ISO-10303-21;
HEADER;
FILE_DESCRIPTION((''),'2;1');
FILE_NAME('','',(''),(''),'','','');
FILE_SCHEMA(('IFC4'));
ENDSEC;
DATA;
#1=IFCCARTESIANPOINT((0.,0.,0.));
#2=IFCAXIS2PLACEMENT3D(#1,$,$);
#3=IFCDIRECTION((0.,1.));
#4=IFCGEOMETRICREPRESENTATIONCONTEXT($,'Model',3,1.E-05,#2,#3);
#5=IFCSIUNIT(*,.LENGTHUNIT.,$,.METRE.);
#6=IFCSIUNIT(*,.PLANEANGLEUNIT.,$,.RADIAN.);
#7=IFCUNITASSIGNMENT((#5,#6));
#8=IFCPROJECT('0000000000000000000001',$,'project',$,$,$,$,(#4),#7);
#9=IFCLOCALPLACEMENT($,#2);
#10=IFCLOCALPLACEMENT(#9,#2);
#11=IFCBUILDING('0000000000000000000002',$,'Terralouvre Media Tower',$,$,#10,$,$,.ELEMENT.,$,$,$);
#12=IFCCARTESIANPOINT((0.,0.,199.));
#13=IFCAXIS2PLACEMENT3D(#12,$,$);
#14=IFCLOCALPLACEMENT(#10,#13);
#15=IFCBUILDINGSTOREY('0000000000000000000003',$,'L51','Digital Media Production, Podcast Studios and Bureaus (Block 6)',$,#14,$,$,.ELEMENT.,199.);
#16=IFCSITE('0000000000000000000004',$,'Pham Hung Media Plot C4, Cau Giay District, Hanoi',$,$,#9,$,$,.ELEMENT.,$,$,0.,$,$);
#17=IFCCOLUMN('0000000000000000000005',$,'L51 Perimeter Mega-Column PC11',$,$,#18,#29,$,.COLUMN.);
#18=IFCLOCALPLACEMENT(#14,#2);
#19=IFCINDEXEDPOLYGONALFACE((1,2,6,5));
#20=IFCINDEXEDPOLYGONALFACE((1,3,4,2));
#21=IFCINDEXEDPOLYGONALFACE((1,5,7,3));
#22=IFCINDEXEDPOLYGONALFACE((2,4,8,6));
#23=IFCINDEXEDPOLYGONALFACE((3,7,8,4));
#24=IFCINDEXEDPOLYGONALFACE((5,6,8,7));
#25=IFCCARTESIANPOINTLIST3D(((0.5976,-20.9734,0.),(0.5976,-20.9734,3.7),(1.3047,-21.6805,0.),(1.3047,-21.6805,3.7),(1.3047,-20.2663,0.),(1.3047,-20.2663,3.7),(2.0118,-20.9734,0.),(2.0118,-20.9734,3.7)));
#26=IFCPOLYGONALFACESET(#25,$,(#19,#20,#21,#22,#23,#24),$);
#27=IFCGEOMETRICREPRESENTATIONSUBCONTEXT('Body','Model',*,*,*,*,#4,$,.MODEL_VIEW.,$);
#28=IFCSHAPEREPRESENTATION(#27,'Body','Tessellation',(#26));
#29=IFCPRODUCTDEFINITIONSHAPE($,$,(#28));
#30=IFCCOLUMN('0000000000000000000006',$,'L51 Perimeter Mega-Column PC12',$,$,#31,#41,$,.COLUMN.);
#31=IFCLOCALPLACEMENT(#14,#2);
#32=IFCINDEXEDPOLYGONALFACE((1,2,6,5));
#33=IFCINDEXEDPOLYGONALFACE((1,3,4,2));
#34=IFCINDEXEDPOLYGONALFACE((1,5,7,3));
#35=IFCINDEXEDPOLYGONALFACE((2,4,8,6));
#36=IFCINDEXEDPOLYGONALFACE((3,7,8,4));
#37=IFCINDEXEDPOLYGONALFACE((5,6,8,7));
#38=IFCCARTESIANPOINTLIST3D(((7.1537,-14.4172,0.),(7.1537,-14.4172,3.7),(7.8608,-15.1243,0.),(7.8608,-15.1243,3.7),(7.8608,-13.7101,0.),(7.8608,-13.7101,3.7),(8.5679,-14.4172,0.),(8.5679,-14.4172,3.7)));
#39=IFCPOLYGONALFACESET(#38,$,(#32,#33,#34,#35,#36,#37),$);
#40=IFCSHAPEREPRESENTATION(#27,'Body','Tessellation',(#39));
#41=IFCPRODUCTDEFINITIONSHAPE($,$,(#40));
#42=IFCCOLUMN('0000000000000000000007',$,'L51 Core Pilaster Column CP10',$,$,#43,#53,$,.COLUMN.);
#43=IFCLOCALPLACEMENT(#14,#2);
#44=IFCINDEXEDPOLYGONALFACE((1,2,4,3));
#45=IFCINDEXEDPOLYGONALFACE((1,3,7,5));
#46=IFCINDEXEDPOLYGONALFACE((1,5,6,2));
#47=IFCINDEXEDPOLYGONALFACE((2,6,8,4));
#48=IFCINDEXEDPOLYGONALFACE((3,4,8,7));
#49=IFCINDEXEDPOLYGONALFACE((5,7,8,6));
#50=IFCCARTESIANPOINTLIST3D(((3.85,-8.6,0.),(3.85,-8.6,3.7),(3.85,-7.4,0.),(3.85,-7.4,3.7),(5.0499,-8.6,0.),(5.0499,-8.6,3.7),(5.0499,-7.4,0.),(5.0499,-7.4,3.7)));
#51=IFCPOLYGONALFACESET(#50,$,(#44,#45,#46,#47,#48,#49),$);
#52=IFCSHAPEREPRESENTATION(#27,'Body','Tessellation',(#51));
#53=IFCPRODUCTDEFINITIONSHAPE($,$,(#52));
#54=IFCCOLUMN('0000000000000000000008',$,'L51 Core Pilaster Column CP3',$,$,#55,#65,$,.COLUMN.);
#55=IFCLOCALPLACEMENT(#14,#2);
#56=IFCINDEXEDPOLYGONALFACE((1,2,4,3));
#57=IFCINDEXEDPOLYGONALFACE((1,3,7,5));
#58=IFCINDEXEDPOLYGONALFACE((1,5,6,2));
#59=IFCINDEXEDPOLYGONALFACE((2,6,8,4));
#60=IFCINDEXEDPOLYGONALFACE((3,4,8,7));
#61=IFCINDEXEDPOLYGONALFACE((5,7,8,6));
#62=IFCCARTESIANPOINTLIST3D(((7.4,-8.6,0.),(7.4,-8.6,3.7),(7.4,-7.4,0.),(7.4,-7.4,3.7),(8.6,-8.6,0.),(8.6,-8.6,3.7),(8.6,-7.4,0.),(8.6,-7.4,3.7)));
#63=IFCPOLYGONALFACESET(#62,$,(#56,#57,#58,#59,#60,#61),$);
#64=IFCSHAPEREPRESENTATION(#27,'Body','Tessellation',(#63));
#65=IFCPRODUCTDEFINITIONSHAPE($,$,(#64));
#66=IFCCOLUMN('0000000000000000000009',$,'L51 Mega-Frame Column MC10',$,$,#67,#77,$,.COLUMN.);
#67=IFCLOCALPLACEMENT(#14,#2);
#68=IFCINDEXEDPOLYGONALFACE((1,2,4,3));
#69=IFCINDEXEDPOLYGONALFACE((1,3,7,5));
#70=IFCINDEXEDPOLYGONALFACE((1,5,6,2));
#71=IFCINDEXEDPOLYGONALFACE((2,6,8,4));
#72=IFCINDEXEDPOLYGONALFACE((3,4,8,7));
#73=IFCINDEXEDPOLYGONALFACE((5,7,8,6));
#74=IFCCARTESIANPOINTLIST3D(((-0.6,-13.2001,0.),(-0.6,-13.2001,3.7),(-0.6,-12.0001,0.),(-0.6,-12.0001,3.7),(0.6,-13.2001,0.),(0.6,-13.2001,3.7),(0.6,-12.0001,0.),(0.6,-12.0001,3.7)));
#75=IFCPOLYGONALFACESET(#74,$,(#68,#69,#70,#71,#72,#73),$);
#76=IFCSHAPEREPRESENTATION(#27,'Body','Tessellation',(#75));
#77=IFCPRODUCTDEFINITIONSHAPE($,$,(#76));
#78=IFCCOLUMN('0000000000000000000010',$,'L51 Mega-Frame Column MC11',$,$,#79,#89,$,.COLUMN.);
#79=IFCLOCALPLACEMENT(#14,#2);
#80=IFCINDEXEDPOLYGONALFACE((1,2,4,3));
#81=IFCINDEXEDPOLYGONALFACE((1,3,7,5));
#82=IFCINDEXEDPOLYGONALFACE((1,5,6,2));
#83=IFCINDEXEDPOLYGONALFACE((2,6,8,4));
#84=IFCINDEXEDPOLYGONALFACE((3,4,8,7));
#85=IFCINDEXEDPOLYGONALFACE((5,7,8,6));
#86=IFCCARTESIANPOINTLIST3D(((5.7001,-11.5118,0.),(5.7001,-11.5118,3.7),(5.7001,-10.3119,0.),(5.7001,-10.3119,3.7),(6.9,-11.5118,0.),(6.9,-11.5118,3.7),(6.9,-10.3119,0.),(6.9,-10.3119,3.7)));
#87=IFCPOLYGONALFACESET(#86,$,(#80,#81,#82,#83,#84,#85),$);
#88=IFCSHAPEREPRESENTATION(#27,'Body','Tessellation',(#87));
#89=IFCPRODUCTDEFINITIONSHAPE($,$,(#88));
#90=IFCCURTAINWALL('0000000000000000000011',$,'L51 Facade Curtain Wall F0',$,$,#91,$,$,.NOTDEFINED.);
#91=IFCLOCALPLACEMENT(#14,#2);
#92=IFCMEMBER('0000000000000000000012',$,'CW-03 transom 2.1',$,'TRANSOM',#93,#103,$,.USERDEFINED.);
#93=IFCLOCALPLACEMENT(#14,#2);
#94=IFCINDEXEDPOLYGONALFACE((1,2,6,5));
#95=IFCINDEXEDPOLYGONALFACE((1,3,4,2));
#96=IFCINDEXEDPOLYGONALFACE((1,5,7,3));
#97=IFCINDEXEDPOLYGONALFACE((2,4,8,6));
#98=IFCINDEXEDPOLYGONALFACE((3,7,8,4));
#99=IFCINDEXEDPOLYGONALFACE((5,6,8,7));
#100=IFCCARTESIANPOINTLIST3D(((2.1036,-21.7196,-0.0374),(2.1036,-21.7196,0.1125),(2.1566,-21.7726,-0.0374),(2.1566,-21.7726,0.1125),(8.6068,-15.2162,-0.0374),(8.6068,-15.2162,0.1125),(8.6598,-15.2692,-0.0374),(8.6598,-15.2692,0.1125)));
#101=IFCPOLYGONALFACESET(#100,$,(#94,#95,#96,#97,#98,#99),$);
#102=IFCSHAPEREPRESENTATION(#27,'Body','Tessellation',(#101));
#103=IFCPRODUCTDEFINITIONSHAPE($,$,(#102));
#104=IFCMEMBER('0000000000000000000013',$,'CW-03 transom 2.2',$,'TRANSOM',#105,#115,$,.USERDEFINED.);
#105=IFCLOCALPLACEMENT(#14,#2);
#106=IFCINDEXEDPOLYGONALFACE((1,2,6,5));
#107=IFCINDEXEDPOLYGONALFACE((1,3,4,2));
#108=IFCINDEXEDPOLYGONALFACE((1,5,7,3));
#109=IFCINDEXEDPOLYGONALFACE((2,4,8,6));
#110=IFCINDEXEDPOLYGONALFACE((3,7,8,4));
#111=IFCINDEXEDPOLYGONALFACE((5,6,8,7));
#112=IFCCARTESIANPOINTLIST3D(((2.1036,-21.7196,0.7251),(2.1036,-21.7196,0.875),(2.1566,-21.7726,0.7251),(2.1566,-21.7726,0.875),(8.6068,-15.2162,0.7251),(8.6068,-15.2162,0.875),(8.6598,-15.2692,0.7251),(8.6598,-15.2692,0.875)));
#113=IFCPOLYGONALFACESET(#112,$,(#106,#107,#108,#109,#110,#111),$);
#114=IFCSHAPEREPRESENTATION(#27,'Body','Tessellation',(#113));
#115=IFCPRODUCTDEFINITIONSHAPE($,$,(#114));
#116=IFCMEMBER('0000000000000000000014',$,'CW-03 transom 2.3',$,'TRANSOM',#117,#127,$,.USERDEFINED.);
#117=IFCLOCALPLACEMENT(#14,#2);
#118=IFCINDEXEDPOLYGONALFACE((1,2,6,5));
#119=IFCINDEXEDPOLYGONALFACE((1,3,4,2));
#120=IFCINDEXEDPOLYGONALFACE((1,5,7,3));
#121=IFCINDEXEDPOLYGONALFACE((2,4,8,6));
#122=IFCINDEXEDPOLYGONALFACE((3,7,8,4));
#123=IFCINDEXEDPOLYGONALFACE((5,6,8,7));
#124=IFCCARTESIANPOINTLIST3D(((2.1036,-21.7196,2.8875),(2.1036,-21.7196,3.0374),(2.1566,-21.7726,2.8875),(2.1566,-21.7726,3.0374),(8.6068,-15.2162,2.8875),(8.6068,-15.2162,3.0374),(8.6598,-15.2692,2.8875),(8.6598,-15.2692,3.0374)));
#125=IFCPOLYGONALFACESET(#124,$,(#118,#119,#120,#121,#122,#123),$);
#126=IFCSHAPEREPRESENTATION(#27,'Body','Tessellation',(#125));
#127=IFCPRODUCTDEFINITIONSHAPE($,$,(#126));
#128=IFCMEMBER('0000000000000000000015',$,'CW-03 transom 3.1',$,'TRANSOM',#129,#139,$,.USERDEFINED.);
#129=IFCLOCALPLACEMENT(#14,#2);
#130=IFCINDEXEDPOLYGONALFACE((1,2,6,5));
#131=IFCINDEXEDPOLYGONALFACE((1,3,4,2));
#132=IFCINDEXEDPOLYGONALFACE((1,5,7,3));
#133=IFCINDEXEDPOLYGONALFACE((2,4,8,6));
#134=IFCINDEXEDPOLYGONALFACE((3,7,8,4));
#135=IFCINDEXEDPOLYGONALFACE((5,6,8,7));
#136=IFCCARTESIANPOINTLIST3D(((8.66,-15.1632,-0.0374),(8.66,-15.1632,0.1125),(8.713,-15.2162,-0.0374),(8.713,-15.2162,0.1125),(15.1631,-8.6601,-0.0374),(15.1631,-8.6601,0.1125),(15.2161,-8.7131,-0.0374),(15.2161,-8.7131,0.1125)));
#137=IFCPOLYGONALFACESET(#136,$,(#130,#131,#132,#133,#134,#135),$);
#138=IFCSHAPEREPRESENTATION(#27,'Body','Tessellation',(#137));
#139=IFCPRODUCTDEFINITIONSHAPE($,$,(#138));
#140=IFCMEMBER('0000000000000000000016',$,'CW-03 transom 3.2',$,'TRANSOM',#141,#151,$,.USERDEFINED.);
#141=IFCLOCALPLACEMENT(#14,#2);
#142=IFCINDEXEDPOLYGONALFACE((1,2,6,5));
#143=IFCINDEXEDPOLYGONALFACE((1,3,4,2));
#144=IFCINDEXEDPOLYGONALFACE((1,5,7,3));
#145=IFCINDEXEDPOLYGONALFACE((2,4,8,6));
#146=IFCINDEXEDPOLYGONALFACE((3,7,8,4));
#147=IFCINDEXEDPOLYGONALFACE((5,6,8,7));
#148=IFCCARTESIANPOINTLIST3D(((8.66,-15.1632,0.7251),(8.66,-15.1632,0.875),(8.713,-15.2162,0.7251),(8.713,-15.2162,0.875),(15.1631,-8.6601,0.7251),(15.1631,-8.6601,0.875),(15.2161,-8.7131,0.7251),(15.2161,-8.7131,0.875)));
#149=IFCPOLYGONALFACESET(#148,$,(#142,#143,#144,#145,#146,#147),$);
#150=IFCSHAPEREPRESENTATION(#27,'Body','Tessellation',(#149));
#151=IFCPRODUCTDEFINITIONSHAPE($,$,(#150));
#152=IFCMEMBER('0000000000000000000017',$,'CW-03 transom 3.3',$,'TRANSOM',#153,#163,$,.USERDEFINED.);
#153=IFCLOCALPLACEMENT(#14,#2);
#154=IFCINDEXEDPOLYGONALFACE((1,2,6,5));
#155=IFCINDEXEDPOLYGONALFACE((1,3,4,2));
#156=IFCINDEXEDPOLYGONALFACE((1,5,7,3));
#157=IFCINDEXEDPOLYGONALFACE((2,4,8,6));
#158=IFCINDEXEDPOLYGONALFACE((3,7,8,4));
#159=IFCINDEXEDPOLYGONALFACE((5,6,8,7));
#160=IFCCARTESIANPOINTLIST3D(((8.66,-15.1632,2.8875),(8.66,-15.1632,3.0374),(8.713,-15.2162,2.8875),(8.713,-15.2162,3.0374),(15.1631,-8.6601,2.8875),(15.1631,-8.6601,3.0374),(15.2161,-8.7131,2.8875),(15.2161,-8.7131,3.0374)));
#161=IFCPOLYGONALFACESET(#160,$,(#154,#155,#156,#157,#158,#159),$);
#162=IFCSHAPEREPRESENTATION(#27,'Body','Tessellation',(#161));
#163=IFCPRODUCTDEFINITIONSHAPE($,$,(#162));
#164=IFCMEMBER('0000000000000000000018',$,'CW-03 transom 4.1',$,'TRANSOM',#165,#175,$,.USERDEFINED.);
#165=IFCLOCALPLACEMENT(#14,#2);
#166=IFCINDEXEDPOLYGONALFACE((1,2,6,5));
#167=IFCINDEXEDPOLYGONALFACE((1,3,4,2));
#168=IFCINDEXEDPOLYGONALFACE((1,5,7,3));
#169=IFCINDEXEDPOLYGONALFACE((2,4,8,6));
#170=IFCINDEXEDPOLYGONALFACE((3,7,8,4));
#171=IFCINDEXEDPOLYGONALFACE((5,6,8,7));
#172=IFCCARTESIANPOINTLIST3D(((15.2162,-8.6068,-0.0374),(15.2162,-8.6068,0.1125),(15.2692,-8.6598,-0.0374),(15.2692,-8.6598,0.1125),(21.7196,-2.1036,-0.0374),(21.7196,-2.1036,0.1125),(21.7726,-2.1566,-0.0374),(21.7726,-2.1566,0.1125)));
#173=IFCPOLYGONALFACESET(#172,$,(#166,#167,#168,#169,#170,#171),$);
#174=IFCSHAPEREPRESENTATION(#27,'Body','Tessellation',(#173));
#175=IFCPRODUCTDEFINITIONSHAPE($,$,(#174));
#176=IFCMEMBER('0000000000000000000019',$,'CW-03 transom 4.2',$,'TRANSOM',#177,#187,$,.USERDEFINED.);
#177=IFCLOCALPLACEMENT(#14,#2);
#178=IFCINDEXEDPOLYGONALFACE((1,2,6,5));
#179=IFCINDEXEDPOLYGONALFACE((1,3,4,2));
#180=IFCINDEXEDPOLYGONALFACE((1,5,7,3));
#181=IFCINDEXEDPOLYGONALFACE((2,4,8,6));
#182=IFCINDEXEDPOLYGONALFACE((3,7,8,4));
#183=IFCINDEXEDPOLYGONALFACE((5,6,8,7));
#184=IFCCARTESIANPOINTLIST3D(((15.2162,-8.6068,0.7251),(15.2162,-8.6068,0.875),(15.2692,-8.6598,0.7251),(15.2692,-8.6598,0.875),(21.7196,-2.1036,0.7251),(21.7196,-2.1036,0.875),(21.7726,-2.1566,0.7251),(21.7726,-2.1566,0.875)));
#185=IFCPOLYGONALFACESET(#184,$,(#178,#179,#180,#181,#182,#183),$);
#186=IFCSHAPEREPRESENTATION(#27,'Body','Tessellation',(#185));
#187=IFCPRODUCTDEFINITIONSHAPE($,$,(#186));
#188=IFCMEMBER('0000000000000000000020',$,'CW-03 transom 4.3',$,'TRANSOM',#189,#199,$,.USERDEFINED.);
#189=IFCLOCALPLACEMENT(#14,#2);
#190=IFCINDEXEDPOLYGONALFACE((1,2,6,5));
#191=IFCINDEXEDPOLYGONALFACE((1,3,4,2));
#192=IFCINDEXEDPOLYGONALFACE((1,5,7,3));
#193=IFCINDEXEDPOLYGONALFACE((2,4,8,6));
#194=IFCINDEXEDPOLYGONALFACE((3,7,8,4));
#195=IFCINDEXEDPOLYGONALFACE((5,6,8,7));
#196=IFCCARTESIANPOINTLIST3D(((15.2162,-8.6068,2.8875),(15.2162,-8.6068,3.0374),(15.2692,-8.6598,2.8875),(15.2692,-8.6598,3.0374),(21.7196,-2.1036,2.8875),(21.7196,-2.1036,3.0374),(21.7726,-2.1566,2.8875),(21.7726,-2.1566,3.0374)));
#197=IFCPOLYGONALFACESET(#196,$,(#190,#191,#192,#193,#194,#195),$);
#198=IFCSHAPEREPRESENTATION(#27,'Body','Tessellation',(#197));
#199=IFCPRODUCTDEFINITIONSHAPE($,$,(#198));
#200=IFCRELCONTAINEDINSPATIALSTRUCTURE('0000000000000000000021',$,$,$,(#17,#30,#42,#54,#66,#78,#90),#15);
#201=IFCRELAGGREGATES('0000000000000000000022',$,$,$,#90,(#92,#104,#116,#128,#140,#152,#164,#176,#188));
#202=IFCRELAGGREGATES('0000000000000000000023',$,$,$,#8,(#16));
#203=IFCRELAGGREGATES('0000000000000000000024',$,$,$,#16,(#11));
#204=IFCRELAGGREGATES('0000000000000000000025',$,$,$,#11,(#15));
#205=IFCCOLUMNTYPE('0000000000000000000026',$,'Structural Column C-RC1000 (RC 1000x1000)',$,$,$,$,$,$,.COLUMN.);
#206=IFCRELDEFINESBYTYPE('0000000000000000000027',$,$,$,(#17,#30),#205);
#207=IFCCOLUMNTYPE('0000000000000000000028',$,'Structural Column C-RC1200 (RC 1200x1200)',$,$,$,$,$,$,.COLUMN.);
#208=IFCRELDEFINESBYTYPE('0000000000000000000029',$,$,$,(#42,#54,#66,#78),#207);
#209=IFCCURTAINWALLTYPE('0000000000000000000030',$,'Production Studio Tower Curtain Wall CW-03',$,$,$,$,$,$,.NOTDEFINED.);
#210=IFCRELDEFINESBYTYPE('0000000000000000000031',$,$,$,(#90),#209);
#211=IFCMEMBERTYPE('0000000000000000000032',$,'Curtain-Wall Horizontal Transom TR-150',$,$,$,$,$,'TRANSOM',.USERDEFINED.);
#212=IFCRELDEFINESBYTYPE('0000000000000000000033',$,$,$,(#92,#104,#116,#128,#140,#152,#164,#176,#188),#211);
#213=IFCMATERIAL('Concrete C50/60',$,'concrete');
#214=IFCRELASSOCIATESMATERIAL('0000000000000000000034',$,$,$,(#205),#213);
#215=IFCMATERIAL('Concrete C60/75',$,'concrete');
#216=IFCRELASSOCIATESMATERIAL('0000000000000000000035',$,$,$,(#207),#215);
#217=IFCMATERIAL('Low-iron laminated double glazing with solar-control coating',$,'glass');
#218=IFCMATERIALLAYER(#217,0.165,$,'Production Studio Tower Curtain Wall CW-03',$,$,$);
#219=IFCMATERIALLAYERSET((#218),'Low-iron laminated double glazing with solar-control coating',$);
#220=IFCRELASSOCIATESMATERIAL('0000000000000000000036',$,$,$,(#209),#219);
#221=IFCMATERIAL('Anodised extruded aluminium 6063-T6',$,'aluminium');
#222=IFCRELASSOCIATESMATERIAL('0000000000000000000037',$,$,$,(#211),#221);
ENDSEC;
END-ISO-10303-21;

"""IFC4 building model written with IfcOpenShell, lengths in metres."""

from ifc_helpers import new_model, si_unit, direction, frame, origin, origin_2d, place, context, subcontext, project, spatial, rectangle, extrude, material, layer, layer_set, material_profile, profile_set, type_object, element, aggregate, save


model = new_model("IFC4")

# Units and contexts
model_context = context("Model", 3, precision=1e-05, world=origin(), true_north=direction((0.0, 1.0)))
body_context = subcontext(model_context, "Body", "Model", "MODEL_VIEW")
ifc_project = project(units=[si_unit("LENGTHUNIT", "METRE"), si_unit("PLANEANGLEUNIT", "RADIAN")], contexts=[model_context])

# Site, building, storey
site_placement = place(None, origin())
site = spatial("IfcSite", under=ifc_project, at=site_placement, Name="Pham Hung Media Plot C4, Cau Giay District, Hanoi", CompositionType="ELEMENT", RefElevation=0.0)
building_placement = place(site_placement, origin())
building = spatial("IfcBuilding", under=site, at=building_placement, Name="Terralouvre Media Tower", CompositionType="ELEMENT")
storey_placement = place(building_placement, frame((0.0, 0.0, 199.0)))
storey = spatial("IfcBuildingStorey", under=building, at=storey_placement, Name="L51", Description="Digital Media Production, Podcast Studios and Bureaus (Block 6)", CompositionType="ELEMENT", Elevation=199.0)

# Columns
ifc_material_1 = material(Name="Concrete C50/60", Category="concrete")
ifc_material_profile_1 = material_profile(ifc_material_1, rectangle(XDim=1.0, YDim=1.0, at=origin_2d()), Name="RC 1000x1000")
ifc_profile_set_1 = profile_set([ifc_material_profile_1], Name="Concrete C50/60")
column_type_1 = type_object("IfcColumnType", Name="Structural Column C-RC1000 (RC 1000x1000)", PredefinedType="COLUMN", material=ifc_profile_set_1)
for number, where, z_axis, x_axis, name in (
    (1, (1.3047, -20.9734, 0.0), (0.0, 0.0, 1.0), (0.707107, 0.707107, 0.0), "L51 Perimeter Mega-Column PC11"),
    (2, (7.8608, -14.4172, 0.0), (0.0, 0.0, 1.0), (0.707107, 0.707107, 0.0), "L51 Perimeter Mega-Column PC12"),
):
    element("IfcColumn", number, at=place(storey_placement, frame(where, z_axis=z_axis, x_axis=x_axis)), inside=storey, type_object=column_type_1, Name=name, PredefinedType="COLUMN", context=body_context, shape_type="SweptSolid", body=[
        extrude(rectangle(XDim=1.0, YDim=1.0, at=origin_2d()), origin(), (0.0, 0.0, 1.0), 3.7),
    ])
ifc_material_2 = material(Name="Concrete C60/75", Category="concrete")
ifc_material_profile_2 = material_profile(ifc_material_2, rectangle(XDim=1.2, YDim=1.2, at=origin_2d()), Name="RC 1200x1200")
ifc_profile_set_2 = profile_set([ifc_material_profile_2], Name="Concrete C60/75")
column_type_2 = type_object("IfcColumnType", Name="Structural Column C-RC1200 (RC 1200x1200)", PredefinedType="COLUMN", material=ifc_profile_set_2)
for number, where, z_axis, x_axis, name in (
    (3, (4.45, -8.0, 0.0), (0.0, 0.0, 1.0), (1.0, 0.0, 0.0), "L51 Core Pilaster Column CP10"),
    (4, (8.0, -8.0, 0.0), (0.0, 0.0, 1.0), (1.0, 0.0, 0.0), "L51 Core Pilaster Column CP3"),
    (5, (0.0, -12.6001, 0.0), (0.0, 0.0, 1.0), (1.0, 0.0, 0.0), "L51 Mega-Frame Column MC10"),
    (6, (6.3, -10.9119, 0.0), (0.0, 0.0, 1.0), (1.0, 0.0, 0.0), "L51 Mega-Frame Column MC11"),
):
    element("IfcColumn", number, at=place(storey_placement, frame(where, z_axis=z_axis, x_axis=x_axis)), inside=storey, type_object=column_type_2, Name=name, PredefinedType="COLUMN", context=body_context, shape_type="SweptSolid", body=[
        extrude(rectangle(XDim=1.2, YDim=1.2, at=origin_2d()), origin(), (0.0, 0.0, 1.0), 3.7),
    ])

# Curtain wall, members
ifc_material_3 = material(Name="Low-iron laminated double glazing with solar-control coating", Category="glass")
ifc_layer_1 = layer(ifc_material_3, 0.165, Name="Production Studio Tower Curtain Wall CW-03")
ifc_layer_set_1 = layer_set([ifc_layer_1], Name="Low-iron laminated double glazing with solar-control coating")
curtain_wall_type = type_object("IfcCurtainWallType", Name="Production Studio Tower Curtain Wall CW-03", PredefinedType="NOTDEFINED", material=ifc_layer_set_1)
curtain_wall_placement = place(storey_placement, origin())
curtain_wall = element("IfcCurtainWall", 7, at=curtain_wall_placement, inside=storey, type_object=curtain_wall_type, Name="L51 Facade Curtain Wall F0", PredefinedType="NOTDEFINED")
ifc_material_4 = material(Name="Anodised extruded aluminium 6063-T6", Category="aluminium")
ifc_material_profile_3 = material_profile(ifc_material_4, rectangle(XDim=0.075, YDim=0.1499, at=origin_2d()), Name="ALU 75x150")
ifc_profile_set_3 = profile_set([ifc_material_profile_3], Name="Anodised extruded aluminium 6063-T6")
member_type_1 = type_object("IfcMemberType", Name="Curtain-Wall Horizontal Transom TR-150", ElementType="TRANSOM", PredefinedType="USERDEFINED", material=ifc_profile_set_3)
member_1_placement = place(storey_placement, frame((2.1301, -21.7461, 0.0376), z_axis=(0.707094, 0.70712, 0.0), x_axis=(-0.70712, 0.707094, 0.0)))
member_1 = element("IfcMember", 8, at=member_1_placement, type_object=member_type_1, Name="CW-03 transom 2.1", ObjectType="TRANSOM", PredefinedType="USERDEFINED", context=body_context, shape_type="SweptSolid", body=[
    extrude(rectangle(XDim=0.075, YDim=0.1499, at=origin_2d()), origin(), (0.0, 0.0, 1.0), 9.197),
])
member_2_placement = place(storey_placement, frame((2.1301, -21.7461, 0.8), z_axis=(0.707094, 0.70712, 0.0), x_axis=(-0.70712, 0.707094, 0.0)))
member_2 = element("IfcMember", 9, at=member_2_placement, type_object=member_type_1, Name="CW-03 transom 2.2", ObjectType="TRANSOM", PredefinedType="USERDEFINED", context=body_context, shape_type="SweptSolid", body=[
    extrude(rectangle(XDim=0.075, YDim=0.1499, at=origin_2d()), origin(), (0.0, 0.0, 1.0), 9.197),
])
member_3_placement = place(storey_placement, frame((2.1301, -21.7461, 2.9624), z_axis=(0.707094, 0.70712, 0.0), x_axis=(-0.70712, 0.707094, 0.0)))
member_3 = element("IfcMember", 10, at=member_3_placement, type_object=member_type_1, Name="CW-03 transom 2.3", ObjectType="TRANSOM", PredefinedType="USERDEFINED", context=body_context, shape_type="SweptSolid", body=[
    extrude(rectangle(XDim=0.075, YDim=0.1499, at=origin_2d()), origin(), (0.0, 0.0, 1.0), 9.197),
])
member_4_placement = place(storey_placement, frame((8.6865, -15.1897, 0.0376), z_axis=(0.707107, 0.707107, 0.0), x_axis=(-0.707107, 0.707107, 0.0)))
member_4 = element("IfcMember", 11, at=member_4_placement, type_object=member_type_1, Name="CW-03 transom 3.1", ObjectType="TRANSOM", PredefinedType="USERDEFINED", context=body_context, shape_type="SweptSolid", body=[
    extrude(rectangle(XDim=0.075, YDim=0.1499, at=origin_2d()), origin(), (0.0, 0.0, 1.0), 9.1968),
])
member_5_placement = place(storey_placement, frame((8.6865, -15.1897, 0.8), z_axis=(0.707107, 0.707107, 0.0), x_axis=(-0.707107, 0.707107, 0.0)))
member_5 = element("IfcMember", 12, at=member_5_placement, type_object=member_type_1, Name="CW-03 transom 3.2", ObjectType="TRANSOM", PredefinedType="USERDEFINED", context=body_context, shape_type="SweptSolid", body=[
    extrude(rectangle(XDim=0.075, YDim=0.1499, at=origin_2d()), origin(), (0.0, 0.0, 1.0), 9.1968),
])
member_6_placement = place(storey_placement, frame((8.6865, -15.1897, 2.9624), z_axis=(0.707107, 0.707107, 0.0), x_axis=(-0.707107, 0.707107, 0.0)))
member_6 = element("IfcMember", 13, at=member_6_placement, type_object=member_type_1, Name="CW-03 transom 3.3", ObjectType="TRANSOM", PredefinedType="USERDEFINED", context=body_context, shape_type="SweptSolid", body=[
    extrude(rectangle(XDim=0.075, YDim=0.1499, at=origin_2d()), origin(), (0.0, 0.0, 1.0), 9.1968),
])
member_7_placement = place(storey_placement, frame((15.2427, -8.6333, 0.0376), z_axis=(0.70712, 0.707094, 0.0), x_axis=(-0.707094, 0.70712, 0.0)))
member_7 = element("IfcMember", 14, at=member_7_placement, type_object=member_type_1, Name="CW-03 transom 4.1", ObjectType="TRANSOM", PredefinedType="USERDEFINED", context=body_context, shape_type="SweptSolid", body=[
    extrude(rectangle(XDim=0.075, YDim=0.1499, at=origin_2d()), origin(), (0.0, 0.0, 1.0), 9.197),
])
member_8_placement = place(storey_placement, frame((15.2427, -8.6333, 0.8), z_axis=(0.70712, 0.707094, 0.0), x_axis=(-0.707094, 0.70712, 0.0)))
member_8 = element("IfcMember", 15, at=member_8_placement, type_object=member_type_1, Name="CW-03 transom 4.2", ObjectType="TRANSOM", PredefinedType="USERDEFINED", context=body_context, shape_type="SweptSolid", body=[
    extrude(rectangle(XDim=0.075, YDim=0.1499, at=origin_2d()), origin(), (0.0, 0.0, 1.0), 9.197),
])
member_9_placement = place(storey_placement, frame((15.2427, -8.6333, 2.9624), z_axis=(0.70712, 0.707094, 0.0), x_axis=(-0.707094, 0.70712, 0.0)))
member_9 = element("IfcMember", 16, at=member_9_placement, type_object=member_type_1, Name="CW-03 transom 4.3", ObjectType="TRANSOM", PredefinedType="USERDEFINED", context=body_context, shape_type="SweptSolid", body=[
    extrude(rectangle(XDim=0.075, YDim=0.1499, at=origin_2d()), origin(), (0.0, 0.0, 1.0), 9.197),
])

aggregate(curtain_wall, [member_1, member_2, member_3, member_4, member_5, member_6, member_7, member_8, member_9])

save(model, "model.ifc")
